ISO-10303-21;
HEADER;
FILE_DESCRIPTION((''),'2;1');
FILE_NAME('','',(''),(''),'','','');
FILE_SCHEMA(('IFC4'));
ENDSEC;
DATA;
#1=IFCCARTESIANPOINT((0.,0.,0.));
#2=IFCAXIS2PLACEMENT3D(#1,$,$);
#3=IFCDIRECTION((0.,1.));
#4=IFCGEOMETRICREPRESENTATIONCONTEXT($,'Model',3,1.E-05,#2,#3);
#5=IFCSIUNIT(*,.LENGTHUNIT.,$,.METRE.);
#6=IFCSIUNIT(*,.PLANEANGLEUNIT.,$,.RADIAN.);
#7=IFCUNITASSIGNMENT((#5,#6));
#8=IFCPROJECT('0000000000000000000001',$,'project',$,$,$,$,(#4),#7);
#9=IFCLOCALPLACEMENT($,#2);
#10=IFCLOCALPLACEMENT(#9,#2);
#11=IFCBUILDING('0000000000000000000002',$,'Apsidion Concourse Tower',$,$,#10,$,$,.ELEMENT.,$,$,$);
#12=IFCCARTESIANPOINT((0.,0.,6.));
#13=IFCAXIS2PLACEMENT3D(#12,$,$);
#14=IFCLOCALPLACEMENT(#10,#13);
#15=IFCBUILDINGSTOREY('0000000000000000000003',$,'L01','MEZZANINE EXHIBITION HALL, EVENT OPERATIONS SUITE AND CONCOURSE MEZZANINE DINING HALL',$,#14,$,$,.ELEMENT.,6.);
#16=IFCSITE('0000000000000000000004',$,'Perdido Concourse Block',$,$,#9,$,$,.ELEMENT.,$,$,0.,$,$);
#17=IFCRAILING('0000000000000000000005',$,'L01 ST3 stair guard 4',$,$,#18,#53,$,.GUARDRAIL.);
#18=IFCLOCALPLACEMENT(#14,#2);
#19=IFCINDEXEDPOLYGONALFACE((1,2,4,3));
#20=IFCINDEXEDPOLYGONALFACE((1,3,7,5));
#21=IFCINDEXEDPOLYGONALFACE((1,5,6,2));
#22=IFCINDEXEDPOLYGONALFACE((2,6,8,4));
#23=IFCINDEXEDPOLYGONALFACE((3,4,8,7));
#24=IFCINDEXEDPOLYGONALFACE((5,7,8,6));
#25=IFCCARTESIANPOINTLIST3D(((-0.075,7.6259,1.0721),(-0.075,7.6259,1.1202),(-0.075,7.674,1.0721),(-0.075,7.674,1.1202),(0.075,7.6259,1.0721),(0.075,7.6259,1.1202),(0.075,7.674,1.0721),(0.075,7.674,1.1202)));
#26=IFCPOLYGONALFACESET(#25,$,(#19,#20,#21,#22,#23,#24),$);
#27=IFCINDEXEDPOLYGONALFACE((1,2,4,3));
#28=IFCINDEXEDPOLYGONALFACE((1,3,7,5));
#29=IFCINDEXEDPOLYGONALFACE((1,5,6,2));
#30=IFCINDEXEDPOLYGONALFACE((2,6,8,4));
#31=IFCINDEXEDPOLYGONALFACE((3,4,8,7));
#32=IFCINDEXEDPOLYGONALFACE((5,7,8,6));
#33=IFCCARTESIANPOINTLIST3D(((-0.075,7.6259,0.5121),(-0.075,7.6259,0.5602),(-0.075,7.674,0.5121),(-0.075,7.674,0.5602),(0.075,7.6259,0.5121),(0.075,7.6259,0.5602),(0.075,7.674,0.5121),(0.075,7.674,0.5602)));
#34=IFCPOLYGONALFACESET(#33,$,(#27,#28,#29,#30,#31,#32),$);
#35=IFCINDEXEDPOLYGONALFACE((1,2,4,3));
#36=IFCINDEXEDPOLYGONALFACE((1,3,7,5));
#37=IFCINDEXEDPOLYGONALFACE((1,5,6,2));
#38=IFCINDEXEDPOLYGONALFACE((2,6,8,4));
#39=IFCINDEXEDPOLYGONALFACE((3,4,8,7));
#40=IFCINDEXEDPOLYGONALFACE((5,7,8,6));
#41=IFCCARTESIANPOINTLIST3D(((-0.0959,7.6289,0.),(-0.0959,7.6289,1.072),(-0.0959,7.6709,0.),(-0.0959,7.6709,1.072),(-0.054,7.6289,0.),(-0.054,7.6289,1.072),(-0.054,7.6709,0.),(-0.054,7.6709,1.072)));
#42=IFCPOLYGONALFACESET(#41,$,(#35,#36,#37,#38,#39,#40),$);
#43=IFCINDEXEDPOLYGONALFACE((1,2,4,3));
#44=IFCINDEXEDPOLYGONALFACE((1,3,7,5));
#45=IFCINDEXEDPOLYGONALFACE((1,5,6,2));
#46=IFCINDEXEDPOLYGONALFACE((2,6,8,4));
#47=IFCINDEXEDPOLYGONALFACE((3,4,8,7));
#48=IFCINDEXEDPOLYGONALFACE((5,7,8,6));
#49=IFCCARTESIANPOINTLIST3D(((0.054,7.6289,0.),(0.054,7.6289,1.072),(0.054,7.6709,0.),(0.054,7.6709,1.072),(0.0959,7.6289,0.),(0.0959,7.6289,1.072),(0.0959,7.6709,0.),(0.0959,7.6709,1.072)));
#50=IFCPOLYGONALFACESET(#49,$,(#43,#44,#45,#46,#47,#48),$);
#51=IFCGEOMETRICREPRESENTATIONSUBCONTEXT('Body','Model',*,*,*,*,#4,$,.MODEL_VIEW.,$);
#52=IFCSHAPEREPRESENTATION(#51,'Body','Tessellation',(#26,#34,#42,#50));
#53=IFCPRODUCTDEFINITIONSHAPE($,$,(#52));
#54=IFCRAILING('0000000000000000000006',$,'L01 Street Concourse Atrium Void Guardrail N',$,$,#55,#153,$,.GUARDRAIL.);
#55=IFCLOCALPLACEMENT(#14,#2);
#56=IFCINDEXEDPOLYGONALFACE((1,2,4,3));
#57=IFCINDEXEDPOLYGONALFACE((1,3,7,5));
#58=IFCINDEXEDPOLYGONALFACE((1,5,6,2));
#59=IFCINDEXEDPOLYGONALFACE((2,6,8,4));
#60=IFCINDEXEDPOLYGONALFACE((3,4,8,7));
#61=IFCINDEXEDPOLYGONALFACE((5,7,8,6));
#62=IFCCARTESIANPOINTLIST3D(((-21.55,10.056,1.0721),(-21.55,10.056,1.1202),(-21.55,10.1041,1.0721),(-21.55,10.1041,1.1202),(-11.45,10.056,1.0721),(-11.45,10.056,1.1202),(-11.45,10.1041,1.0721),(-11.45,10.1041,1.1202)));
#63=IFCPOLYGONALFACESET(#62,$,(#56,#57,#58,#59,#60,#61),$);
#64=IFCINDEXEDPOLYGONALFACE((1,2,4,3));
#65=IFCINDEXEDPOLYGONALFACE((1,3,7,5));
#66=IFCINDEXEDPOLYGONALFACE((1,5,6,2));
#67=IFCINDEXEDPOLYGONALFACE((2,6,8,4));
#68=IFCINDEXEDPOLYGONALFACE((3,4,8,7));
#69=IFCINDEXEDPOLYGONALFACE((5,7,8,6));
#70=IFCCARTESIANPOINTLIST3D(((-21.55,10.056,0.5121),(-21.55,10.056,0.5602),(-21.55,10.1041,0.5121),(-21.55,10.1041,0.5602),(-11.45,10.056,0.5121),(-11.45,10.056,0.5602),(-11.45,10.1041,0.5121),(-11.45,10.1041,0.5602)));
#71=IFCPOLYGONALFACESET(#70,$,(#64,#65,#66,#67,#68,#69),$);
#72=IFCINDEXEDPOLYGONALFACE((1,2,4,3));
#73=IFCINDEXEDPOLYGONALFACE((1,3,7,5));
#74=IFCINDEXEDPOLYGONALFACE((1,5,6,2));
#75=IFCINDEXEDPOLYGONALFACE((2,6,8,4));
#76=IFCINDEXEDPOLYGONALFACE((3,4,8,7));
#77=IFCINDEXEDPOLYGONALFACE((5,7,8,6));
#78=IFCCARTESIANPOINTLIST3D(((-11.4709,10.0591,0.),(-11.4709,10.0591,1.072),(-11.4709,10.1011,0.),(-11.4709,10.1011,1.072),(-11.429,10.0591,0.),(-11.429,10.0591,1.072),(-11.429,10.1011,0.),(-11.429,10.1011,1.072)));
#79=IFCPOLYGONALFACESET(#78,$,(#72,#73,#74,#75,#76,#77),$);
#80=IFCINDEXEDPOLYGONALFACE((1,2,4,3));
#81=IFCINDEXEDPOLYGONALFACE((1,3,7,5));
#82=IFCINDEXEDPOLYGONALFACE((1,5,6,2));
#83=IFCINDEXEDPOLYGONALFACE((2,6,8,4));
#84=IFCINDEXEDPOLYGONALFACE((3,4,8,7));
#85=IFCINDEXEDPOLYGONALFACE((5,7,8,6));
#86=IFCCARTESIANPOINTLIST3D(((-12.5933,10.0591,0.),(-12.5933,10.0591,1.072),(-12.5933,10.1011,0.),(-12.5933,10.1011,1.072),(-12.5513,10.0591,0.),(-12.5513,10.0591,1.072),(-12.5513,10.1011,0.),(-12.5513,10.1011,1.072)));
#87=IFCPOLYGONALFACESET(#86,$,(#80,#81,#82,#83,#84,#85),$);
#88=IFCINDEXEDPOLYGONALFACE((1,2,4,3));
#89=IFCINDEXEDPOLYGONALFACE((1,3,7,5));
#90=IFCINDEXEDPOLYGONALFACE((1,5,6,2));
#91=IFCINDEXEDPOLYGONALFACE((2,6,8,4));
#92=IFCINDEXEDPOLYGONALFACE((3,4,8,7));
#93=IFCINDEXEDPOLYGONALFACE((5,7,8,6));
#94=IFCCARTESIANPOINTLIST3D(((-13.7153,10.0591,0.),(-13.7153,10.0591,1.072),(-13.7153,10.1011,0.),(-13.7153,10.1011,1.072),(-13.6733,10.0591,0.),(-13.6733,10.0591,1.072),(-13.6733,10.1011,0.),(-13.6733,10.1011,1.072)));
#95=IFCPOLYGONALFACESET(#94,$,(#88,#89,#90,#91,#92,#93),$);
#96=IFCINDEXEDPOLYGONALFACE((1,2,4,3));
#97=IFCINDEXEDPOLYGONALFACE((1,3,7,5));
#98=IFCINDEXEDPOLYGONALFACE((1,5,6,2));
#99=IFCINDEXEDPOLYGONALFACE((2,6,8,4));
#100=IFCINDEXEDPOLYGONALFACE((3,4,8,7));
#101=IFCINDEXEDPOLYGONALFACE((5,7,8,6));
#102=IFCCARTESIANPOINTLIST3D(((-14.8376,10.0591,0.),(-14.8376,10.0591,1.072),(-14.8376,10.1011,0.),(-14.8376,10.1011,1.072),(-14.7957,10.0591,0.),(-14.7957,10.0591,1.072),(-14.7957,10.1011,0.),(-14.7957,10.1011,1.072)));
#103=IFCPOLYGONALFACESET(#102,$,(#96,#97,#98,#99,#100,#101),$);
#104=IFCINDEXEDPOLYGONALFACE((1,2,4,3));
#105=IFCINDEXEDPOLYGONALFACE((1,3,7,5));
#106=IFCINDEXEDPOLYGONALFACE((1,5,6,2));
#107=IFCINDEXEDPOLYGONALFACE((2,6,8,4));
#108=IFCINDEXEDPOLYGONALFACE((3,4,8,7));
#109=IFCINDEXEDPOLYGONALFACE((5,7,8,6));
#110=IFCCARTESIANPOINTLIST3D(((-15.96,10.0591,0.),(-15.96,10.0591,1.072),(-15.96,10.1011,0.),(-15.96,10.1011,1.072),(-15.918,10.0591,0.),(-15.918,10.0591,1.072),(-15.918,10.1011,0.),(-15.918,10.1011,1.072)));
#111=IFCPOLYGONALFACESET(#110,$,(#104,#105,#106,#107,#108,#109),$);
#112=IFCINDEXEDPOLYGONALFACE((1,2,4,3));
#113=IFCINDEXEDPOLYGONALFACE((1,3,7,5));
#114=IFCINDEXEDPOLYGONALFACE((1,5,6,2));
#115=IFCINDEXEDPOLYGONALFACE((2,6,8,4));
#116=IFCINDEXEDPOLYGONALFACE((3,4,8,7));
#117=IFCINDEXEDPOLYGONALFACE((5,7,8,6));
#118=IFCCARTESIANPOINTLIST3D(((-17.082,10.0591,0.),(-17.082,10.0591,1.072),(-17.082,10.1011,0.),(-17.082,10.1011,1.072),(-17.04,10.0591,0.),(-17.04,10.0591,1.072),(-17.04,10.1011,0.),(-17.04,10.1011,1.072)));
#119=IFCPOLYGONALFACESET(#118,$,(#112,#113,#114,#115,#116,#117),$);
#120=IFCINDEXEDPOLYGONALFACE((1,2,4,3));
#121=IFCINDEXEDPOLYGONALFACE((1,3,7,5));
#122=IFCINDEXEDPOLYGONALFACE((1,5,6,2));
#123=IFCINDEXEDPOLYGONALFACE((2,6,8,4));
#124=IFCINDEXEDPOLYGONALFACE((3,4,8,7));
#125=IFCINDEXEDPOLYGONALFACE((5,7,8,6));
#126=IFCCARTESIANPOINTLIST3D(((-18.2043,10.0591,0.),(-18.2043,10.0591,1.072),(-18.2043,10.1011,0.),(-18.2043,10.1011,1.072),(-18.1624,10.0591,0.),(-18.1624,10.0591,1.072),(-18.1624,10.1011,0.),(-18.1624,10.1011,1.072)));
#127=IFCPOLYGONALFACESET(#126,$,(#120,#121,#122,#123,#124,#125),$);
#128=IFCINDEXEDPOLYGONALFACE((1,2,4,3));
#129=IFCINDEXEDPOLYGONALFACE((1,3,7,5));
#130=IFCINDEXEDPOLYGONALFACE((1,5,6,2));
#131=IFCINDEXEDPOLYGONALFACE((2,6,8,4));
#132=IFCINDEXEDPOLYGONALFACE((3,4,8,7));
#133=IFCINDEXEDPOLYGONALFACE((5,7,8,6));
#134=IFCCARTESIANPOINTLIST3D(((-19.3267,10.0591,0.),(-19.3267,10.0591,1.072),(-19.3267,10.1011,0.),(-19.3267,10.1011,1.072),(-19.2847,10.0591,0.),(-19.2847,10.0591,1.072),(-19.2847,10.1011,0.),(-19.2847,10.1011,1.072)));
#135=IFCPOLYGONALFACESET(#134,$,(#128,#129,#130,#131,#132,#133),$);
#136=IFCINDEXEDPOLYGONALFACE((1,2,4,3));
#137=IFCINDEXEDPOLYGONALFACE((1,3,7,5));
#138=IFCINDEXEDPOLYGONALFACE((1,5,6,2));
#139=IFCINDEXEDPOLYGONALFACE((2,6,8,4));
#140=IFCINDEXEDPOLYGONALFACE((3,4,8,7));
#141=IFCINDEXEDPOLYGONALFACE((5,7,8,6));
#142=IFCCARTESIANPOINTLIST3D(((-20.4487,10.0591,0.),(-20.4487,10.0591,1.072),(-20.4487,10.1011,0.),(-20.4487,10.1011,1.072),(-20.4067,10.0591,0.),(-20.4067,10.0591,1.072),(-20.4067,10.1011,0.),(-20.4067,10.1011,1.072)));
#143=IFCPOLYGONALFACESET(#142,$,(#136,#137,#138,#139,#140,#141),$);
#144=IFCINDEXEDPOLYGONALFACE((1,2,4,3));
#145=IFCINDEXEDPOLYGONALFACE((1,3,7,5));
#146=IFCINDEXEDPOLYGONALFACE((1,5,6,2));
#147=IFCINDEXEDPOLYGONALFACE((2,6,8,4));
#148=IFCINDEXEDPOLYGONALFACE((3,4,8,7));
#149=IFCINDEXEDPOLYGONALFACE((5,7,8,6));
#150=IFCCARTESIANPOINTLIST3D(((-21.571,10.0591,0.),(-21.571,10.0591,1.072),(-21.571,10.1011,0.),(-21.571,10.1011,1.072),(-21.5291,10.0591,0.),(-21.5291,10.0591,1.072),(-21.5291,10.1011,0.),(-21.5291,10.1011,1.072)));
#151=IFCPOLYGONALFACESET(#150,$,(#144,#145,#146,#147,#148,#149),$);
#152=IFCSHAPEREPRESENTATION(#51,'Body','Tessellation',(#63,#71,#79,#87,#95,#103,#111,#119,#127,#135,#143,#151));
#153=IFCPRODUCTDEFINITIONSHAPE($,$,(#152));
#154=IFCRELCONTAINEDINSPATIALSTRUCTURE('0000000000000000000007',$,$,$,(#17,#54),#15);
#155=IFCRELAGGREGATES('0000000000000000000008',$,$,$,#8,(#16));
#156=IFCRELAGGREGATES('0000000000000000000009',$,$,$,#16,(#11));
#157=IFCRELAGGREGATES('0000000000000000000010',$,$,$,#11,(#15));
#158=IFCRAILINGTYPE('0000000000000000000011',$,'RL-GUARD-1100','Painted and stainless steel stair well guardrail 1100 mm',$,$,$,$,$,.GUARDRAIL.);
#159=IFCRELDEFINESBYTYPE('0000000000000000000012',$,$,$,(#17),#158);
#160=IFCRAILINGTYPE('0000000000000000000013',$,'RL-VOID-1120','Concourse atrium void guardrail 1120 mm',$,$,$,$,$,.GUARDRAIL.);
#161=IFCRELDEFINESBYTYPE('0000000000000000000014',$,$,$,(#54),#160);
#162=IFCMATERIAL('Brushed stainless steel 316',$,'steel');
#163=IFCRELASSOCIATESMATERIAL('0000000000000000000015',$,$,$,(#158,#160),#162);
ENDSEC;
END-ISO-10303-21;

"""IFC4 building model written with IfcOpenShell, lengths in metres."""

from ifc_helpers import new_model, si_unit, direction, frame, origin, origin_2d, place, context, subcontext, project, spatial, rectangle, extrude, material, type_object, element, save


model = new_model("IFC4")

# Units and contexts
model_context = context("Model", 3, precision=1e-05, world=origin(), true_north=direction((0.0, 1.0)))
body_context = subcontext(model_context, "Body", "Model", "MODEL_VIEW")
ifc_project = project(units=[si_unit("LENGTHUNIT", "METRE"), si_unit("PLANEANGLEUNIT", "RADIAN")], contexts=[model_context])

# Site, building, storey
site_placement = place(None, origin())
site = spatial("IfcSite", under=ifc_project, at=site_placement, Name="Perdido Concourse Block", CompositionType="ELEMENT", RefElevation=0.0)
building_placement = place(site_placement, origin())
building = spatial("IfcBuilding", under=site, at=building_placement, Name="Apsidion Concourse Tower", CompositionType="ELEMENT")
storey_placement = place(building_placement, frame((0.0, 0.0, 6.0)))
storey = spatial("IfcBuildingStorey", under=building, at=storey_placement, Name="L01", Description="MEZZANINE EXHIBITION HALL, EVENT OPERATIONS SUITE AND CONCOURSE MEZZANINE DINING HALL", CompositionType="ELEMENT", Elevation=6.0)

# Shared definitions
ifc_material_1 = material(Name="Brushed stainless steel 316", Category="steel")

# Railings
railing_type_1 = type_object("IfcRailingType", Name="RL-GUARD-1100", Description="Painted and stainless steel stair well guardrail 1100 mm", PredefinedType="GUARDRAIL", material=ifc_material_1)
railing_1_placement = place(storey_placement, frame((-0.075, 7.6499, 0.0)))
element("IfcRailing", 1, at=railing_1_placement, inside=storey, type_object=railing_type_1, Name="L01 ST3 stair guard 4", PredefinedType="GUARDRAIL", context=body_context, shape_type="SweptSolid", body=[
    extrude(rectangle(XDim=0.0481, YDim=0.0481, at=origin_2d()), frame((0.0, 0.0, 1.0962), z_axis=(1.0, 0.0, 0.0), x_axis=(0.0, 1.0, 0.0)), (0.0, 0.0, 1.0), 0.1499),
    extrude(rectangle(XDim=0.0481, YDim=0.0481, at=origin_2d()), frame((0.0, 0.0, 0.5361), z_axis=(1.0, 0.0, 0.0), x_axis=(0.0, 1.0, 0.0)), (0.0, 0.0, 1.0), 0.1499),
    extrude(rectangle(XDim=0.042, YDim=0.042, at=origin_2d()), origin(), (0.0, 0.0, 1.0), 1.072),
    extrude(rectangle(XDim=0.042, YDim=0.042, at=origin_2d()), frame((0.1499, 0.0, 0.0)), (0.0, 0.0, 1.0), 1.072),
])
railing_type_2 = type_object("IfcRailingType", Name="RL-VOID-1120", Description="Concourse atrium void guardrail 1120 mm", PredefinedType="GUARDRAIL", material=ifc_material_1)
railing_2_placement = place(storey_placement, frame((-11.45, 10.0801, 0.0)))
element("IfcRailing", 2, at=railing_2_placement, inside=storey, type_object=railing_type_2, Name="L01 Street Concourse Atrium Void Guardrail N", PredefinedType="GUARDRAIL", context=body_context, shape_type="SweptSolid", body=[
    extrude(rectangle(XDim=0.0481, YDim=0.0481, at=origin_2d()), frame((0.0, 0.0, 1.0962), z_axis=(-1.0, 0.0, 0.0), x_axis=(0.0, -1.0, 0.0)), (0.0, 0.0, 1.0), 10.1001),
    extrude(rectangle(XDim=0.0481, YDim=0.0481, at=origin_2d()), frame((0.0, 0.0, 0.5361), z_axis=(-1.0, 0.0, 0.0), x_axis=(0.0, -1.0, 0.0)), (0.0, 0.0, 1.0), 10.1001),
    extrude(rectangle(XDim=0.042, YDim=0.042, at=origin_2d()), origin(), (0.0, 0.0, 1.0), 1.072),
    extrude(rectangle(XDim=0.042, YDim=0.042, at=origin_2d()), frame((-1.1223, 0.0, 0.0)), (0.0, 0.0, 1.0), 1.072),
    extrude(rectangle(XDim=0.042, YDim=0.042, at=origin_2d()), frame((-2.2444, 0.0, 0.0)), (0.0, 0.0, 1.0), 1.072),
    extrude(rectangle(XDim=0.042, YDim=0.042, at=origin_2d()), frame((-3.3667, 0.0, 0.0)), (0.0, 0.0, 1.0), 1.072),
    extrude(rectangle(XDim=0.042, YDim=0.042, at=origin_2d()), frame((-4.489, 0.0, 0.0)), (0.0, 0.0, 1.0), 1.072),
    extrude(rectangle(XDim=0.042, YDim=0.042, at=origin_2d()), frame((-5.6111, 0.0, 0.0)), (0.0, 0.0, 1.0), 1.072),
    extrude(rectangle(XDim=0.042, YDim=0.042, at=origin_2d()), frame((-6.7334, 0.0, 0.0)), (0.0, 0.0, 1.0), 1.072),
    extrude(rectangle(XDim=0.042, YDim=0.042, at=origin_2d()), frame((-7.8557, 0.0, 0.0)), (0.0, 0.0, 1.0), 1.072),
    extrude(rectangle(XDim=0.042, YDim=0.042, at=origin_2d()), frame((-8.9778, 0.0, 0.0)), (0.0, 0.0, 1.0), 1.072),
    extrude(rectangle(XDim=0.042, YDim=0.042, at=origin_2d()), frame((-10.1001, 0.0, 0.0)), (0.0, 0.0, 1.0), 1.072),
])

save(model, "model.ifc")
